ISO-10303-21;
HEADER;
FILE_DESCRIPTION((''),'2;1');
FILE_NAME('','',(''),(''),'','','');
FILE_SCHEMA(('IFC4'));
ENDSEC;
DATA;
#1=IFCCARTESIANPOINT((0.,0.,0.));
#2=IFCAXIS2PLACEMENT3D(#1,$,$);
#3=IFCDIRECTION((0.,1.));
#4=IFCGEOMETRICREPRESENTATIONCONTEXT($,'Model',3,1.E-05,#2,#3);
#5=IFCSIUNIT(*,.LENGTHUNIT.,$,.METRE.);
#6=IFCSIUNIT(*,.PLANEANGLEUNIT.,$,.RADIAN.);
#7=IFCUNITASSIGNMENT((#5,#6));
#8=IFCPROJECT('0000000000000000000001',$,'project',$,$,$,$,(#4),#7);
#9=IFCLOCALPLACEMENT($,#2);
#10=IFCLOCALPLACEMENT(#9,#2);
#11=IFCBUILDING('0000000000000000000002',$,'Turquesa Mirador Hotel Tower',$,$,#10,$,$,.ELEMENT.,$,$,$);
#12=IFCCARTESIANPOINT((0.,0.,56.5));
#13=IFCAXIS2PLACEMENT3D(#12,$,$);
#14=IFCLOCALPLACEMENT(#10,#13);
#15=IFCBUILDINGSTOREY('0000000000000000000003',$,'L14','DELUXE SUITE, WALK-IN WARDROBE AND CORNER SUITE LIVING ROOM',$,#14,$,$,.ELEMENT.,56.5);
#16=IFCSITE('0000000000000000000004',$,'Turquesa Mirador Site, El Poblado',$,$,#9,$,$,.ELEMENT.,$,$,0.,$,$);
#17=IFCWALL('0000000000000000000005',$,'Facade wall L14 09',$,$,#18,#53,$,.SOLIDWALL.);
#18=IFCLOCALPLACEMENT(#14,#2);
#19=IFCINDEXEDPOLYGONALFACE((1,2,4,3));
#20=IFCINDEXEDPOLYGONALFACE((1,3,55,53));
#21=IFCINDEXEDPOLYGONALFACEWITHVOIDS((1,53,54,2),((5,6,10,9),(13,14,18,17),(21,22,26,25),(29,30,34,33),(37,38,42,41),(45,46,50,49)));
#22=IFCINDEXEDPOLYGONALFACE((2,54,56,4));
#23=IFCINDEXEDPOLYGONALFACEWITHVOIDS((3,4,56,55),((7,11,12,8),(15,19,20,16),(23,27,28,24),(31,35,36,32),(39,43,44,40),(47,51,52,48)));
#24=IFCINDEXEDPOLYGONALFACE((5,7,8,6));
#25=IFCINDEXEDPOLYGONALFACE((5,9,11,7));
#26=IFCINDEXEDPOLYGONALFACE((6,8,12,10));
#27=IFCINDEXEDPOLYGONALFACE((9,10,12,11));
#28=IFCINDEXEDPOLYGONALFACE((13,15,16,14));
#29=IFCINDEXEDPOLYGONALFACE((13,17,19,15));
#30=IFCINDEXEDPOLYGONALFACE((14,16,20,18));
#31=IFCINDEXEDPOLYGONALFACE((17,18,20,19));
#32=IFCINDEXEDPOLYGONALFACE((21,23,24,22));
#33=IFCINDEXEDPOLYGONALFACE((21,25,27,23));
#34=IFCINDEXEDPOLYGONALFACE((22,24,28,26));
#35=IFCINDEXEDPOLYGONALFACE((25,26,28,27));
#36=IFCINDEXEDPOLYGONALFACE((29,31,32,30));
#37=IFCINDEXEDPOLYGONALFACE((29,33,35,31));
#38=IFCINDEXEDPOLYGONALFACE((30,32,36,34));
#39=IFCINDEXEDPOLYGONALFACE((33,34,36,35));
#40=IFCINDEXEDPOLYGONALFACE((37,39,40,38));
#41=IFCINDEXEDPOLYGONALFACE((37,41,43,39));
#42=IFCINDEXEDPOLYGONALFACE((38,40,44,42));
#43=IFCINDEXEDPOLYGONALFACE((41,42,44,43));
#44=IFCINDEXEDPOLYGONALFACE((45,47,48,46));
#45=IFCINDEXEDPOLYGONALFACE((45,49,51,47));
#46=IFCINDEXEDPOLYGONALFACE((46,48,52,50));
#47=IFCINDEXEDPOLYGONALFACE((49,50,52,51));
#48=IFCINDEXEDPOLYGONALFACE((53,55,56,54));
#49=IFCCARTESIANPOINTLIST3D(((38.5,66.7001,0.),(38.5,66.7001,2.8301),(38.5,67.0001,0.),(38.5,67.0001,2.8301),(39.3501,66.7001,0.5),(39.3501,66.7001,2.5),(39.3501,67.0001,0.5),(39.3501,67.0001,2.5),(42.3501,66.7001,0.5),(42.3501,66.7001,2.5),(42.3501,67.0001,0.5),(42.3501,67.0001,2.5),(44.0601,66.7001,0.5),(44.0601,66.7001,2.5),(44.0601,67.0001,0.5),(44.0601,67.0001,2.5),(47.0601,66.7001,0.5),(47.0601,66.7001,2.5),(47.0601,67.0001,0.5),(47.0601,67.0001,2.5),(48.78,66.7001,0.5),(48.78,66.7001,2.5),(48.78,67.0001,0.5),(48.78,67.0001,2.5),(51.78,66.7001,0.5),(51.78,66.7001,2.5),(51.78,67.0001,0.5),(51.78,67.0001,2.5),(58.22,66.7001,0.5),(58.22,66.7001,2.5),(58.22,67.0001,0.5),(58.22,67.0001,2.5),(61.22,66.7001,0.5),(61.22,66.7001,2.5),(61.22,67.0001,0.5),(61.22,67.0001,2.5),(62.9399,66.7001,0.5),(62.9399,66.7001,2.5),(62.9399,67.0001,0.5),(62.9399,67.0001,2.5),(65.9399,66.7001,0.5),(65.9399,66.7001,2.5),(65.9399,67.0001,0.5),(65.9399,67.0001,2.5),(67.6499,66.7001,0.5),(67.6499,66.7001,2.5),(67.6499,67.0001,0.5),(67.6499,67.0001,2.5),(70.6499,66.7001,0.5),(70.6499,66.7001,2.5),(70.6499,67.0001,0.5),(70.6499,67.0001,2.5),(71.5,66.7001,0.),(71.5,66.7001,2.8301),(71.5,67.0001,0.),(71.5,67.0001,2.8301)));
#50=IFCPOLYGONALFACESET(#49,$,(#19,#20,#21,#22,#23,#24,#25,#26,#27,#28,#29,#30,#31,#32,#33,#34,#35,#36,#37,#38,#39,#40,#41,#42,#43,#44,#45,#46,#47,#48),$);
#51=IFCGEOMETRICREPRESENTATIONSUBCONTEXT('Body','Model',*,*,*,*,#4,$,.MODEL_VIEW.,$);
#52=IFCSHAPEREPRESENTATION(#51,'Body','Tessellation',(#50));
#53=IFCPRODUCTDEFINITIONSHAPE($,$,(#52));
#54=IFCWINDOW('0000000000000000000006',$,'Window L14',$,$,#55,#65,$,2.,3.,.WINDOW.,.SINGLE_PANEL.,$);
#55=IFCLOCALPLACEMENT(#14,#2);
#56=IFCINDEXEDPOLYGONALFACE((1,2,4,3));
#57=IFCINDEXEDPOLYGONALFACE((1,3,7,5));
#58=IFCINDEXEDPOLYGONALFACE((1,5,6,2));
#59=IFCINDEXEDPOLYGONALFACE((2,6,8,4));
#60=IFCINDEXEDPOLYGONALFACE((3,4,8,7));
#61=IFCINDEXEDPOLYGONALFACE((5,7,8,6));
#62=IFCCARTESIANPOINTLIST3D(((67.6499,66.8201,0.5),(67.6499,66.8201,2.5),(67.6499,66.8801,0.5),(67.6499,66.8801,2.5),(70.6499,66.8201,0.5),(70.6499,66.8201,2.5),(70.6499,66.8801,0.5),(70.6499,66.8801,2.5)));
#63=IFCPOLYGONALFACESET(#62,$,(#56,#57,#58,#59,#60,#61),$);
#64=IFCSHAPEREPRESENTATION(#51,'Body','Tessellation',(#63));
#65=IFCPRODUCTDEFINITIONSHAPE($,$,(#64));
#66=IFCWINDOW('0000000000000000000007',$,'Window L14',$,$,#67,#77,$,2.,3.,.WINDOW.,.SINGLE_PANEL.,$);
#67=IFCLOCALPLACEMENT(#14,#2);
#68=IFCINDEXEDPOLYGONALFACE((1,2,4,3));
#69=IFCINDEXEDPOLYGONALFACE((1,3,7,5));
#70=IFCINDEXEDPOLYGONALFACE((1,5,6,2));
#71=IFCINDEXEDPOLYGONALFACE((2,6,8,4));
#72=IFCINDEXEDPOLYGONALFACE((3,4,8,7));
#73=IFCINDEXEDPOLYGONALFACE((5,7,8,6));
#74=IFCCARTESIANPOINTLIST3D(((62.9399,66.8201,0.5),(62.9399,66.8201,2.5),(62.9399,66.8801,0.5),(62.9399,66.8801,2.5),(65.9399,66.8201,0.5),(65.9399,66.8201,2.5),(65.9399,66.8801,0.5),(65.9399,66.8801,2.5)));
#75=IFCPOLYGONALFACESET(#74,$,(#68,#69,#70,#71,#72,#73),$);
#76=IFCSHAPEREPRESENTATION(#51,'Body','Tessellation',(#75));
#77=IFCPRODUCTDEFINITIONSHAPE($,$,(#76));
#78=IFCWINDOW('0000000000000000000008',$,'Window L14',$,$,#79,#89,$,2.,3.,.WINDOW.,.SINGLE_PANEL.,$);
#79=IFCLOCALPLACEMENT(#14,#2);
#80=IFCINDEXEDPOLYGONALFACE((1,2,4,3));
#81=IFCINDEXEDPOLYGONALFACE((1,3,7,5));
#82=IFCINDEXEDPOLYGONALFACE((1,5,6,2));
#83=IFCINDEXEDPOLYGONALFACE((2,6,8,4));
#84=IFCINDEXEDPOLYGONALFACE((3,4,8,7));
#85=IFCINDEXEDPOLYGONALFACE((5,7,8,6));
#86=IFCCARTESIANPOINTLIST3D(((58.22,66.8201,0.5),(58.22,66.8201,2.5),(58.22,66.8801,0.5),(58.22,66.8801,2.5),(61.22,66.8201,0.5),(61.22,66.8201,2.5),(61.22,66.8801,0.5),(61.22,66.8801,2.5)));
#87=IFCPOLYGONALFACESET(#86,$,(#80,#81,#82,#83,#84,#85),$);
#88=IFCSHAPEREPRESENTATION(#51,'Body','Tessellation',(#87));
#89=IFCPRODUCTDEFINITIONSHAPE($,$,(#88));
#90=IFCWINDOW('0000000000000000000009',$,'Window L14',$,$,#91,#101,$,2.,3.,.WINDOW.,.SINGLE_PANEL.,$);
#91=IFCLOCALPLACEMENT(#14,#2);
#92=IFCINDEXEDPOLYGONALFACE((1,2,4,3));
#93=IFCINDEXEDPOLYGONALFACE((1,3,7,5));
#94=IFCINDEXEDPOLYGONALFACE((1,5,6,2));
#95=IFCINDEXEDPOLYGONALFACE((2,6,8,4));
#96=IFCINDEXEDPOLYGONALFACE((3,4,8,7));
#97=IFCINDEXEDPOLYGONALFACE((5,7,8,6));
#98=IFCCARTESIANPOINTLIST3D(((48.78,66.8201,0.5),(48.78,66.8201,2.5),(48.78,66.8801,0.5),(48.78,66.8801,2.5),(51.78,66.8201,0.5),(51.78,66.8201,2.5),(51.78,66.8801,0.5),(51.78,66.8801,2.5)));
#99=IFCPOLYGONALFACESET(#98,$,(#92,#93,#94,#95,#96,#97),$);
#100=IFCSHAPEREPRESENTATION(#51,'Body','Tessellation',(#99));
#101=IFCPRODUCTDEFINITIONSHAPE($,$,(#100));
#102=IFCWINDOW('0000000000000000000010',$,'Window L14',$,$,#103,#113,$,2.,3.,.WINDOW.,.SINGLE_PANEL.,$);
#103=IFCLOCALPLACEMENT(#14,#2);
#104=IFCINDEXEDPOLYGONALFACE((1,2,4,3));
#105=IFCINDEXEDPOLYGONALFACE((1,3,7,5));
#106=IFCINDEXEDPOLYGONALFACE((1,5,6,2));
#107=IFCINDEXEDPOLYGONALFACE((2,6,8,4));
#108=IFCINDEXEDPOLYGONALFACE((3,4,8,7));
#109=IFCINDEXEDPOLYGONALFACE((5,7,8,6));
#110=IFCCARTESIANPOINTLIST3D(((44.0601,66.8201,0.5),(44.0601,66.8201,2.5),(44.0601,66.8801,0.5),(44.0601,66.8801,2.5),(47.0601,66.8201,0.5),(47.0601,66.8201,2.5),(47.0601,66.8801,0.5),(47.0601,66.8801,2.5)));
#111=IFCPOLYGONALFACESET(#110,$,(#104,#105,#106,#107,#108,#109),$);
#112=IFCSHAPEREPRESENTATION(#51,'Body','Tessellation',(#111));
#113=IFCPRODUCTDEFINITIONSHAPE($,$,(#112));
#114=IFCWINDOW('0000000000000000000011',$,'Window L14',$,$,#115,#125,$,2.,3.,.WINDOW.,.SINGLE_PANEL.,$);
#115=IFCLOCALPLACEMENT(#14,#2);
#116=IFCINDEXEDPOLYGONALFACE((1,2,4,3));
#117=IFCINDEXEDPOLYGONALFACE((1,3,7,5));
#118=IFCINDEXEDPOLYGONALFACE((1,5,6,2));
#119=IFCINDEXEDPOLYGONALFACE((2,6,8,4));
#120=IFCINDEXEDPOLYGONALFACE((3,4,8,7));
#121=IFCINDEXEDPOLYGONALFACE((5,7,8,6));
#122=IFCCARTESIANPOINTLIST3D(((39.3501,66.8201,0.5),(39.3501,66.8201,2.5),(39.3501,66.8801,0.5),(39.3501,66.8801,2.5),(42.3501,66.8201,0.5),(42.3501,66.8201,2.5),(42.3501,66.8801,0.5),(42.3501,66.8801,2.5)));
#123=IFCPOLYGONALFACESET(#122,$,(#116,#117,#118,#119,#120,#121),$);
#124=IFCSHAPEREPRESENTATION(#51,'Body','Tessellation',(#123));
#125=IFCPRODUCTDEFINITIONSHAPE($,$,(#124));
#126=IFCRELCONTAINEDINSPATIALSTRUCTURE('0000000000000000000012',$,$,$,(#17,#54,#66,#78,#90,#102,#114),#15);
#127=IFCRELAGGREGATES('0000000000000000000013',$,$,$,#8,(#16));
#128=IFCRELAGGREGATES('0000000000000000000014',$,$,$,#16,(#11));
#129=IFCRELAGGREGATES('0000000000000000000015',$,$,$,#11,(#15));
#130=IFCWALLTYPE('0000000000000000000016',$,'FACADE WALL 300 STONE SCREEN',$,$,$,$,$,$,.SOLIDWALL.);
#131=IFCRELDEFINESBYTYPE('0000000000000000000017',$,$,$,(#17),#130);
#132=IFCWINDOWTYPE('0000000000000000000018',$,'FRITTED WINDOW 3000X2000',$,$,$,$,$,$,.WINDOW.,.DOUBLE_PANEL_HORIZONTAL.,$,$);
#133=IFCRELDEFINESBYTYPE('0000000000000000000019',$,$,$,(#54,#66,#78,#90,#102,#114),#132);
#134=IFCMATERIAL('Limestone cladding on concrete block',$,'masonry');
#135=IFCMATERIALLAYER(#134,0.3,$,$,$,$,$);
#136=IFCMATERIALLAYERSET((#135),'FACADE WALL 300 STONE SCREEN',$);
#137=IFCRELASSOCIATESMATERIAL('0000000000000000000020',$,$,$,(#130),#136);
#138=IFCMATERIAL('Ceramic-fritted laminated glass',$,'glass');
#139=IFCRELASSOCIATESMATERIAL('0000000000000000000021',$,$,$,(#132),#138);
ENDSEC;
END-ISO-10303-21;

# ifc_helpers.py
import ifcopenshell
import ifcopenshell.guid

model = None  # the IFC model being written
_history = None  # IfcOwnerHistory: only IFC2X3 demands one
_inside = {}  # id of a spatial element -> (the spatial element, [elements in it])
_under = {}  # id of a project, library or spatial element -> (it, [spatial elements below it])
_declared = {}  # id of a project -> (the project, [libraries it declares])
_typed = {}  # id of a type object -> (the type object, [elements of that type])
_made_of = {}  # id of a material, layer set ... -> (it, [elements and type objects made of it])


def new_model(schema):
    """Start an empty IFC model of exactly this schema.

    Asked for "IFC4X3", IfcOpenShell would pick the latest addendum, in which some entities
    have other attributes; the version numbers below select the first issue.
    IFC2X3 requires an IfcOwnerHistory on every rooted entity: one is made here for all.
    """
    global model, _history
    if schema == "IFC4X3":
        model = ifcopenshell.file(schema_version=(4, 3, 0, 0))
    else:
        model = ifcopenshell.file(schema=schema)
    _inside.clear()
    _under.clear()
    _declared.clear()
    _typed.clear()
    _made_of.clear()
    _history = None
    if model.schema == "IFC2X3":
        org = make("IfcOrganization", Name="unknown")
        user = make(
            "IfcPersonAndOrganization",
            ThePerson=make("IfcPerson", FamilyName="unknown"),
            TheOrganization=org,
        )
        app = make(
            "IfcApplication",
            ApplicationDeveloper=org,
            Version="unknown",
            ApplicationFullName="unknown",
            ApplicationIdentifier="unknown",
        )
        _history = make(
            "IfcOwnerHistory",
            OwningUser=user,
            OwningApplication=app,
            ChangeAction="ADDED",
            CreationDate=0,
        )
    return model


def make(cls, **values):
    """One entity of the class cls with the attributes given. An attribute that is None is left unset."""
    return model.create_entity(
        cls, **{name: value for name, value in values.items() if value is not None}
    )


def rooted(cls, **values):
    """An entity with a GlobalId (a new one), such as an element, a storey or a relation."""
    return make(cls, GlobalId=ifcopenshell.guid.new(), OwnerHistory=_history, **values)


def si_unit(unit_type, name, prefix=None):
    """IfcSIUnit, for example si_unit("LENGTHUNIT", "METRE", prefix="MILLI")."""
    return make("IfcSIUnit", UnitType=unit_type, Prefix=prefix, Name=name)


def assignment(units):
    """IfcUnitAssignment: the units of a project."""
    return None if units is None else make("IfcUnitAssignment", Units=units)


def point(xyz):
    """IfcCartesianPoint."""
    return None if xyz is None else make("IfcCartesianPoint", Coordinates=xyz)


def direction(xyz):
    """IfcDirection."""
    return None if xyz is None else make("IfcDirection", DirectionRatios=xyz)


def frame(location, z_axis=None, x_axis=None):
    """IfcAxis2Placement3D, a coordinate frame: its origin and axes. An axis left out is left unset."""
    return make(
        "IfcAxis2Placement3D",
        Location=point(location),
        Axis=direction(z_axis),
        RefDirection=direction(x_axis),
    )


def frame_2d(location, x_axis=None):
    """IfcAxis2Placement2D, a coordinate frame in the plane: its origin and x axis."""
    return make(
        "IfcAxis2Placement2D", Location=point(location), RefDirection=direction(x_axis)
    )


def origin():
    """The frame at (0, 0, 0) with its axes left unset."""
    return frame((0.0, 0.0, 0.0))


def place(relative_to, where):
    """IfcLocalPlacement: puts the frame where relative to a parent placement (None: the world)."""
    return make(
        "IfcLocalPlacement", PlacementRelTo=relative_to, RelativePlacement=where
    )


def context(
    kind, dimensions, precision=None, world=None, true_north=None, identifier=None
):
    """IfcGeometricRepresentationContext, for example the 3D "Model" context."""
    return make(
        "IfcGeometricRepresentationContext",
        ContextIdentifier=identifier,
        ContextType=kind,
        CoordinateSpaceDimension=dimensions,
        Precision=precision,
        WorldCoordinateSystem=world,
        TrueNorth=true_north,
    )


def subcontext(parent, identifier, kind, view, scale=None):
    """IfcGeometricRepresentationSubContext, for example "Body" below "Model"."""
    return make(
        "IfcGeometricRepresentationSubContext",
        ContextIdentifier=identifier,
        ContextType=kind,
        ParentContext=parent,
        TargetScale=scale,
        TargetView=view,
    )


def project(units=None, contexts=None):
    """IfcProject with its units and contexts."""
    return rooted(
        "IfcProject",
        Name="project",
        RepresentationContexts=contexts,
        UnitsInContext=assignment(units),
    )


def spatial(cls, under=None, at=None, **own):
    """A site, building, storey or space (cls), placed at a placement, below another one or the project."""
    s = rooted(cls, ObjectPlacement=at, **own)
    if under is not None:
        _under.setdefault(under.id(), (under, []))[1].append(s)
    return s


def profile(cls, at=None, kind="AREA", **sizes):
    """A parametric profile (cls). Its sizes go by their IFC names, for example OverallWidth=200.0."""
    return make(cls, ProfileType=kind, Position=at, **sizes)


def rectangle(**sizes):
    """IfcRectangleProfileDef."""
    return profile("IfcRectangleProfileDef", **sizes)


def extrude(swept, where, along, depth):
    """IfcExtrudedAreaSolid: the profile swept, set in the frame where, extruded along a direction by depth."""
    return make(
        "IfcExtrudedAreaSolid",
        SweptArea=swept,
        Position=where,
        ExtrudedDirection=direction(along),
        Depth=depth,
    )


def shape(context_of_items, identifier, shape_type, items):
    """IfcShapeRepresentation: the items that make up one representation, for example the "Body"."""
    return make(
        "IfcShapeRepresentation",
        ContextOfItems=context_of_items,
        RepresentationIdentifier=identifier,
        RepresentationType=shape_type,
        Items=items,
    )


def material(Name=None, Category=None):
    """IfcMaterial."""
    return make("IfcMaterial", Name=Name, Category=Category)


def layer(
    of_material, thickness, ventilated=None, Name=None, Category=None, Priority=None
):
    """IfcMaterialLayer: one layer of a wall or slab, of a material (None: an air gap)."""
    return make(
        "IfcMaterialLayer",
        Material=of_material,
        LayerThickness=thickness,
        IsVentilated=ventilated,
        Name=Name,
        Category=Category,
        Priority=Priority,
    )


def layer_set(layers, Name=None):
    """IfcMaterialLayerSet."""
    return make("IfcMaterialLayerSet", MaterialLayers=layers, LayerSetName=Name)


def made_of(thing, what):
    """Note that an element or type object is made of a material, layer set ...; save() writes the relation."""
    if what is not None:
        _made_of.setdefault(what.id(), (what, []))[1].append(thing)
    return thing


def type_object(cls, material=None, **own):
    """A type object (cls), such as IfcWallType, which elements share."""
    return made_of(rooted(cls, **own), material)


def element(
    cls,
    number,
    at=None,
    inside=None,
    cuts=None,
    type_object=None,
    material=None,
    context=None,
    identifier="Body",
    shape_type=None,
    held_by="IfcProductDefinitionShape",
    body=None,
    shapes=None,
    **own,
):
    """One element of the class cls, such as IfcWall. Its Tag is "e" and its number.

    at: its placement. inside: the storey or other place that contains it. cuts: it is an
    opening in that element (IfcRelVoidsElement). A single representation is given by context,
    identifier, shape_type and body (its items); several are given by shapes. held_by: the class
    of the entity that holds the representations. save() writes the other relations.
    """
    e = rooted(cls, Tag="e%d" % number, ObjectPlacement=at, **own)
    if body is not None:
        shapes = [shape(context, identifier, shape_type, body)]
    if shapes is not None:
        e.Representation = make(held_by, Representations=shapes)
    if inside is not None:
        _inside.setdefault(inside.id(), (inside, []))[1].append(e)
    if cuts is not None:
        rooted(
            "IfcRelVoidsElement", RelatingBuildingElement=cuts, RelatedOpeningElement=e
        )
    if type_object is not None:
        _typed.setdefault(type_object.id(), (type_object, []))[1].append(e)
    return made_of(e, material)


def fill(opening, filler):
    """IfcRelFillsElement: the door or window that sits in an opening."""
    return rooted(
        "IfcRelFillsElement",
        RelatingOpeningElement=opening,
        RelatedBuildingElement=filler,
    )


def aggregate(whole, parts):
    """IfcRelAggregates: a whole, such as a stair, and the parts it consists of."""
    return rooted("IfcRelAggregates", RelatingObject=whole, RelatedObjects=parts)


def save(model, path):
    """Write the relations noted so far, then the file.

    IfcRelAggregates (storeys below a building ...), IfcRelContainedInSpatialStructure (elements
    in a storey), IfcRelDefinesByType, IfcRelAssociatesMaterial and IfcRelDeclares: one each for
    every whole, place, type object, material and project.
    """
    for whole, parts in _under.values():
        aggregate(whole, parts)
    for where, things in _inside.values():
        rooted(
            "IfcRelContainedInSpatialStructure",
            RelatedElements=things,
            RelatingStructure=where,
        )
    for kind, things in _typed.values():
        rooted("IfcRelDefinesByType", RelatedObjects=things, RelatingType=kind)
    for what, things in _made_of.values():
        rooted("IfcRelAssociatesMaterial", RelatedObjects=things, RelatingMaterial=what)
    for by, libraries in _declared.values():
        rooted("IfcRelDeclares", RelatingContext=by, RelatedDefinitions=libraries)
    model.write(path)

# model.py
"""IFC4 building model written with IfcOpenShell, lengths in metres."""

from ifc_helpers import new_model, si_unit, direction, frame, frame_2d, origin, place, context, subcontext, project, spatial, rectangle, extrude, material, layer, layer_set, type_object, element, fill, save


model = new_model("IFC4")

# Units and contexts
model_context = context("Model", 3, precision=1e-05, world=origin(), true_north=direction((0.0, 1.0)))
body_context = subcontext(model_context, "Body", "Model", "MODEL_VIEW")
ifc_project = project(units=[si_unit("LENGTHUNIT", "METRE"), si_unit("PLANEANGLEUNIT", "RADIAN")], contexts=[model_context])

# Site, building, storey
site_placement = place(None, origin())
site = spatial("IfcSite", under=ifc_project, at=site_placement, Name="Turquesa Mirador Site, El Poblado", CompositionType="ELEMENT", RefElevation=0.0)
building_placement = place(site_placement, origin())
building = spatial("IfcBuilding", under=site, at=building_placement, Name="Turquesa Mirador Hotel Tower", CompositionType="ELEMENT")
storey_placement = place(building_placement, frame((0.0, 0.0, 56.5)))
storey = spatial("IfcBuildingStorey", under=building, at=storey_placement, Name="L14", Description="DELUXE SUITE, WALK-IN WARDROBE AND CORNER SUITE LIVING ROOM", CompositionType="ELEMENT", Elevation=56.5)

# Shared definitions
ifc_material_1 = material(Name="Limestone cladding on concrete block", Category="masonry")
ifc_layer = layer(ifc_material_1, 0.3)
ifc_layer_set = layer_set([ifc_layer], Name="FACADE WALL 300 STONE SCREEN")
wall_type = type_object("IfcWallType", Name="FACADE WALL 300 STONE SCREEN", PredefinedType="SOLIDWALL", material=ifc_layer_set)

# Wall, openings, windows
wall_1_placement = place(storey_placement, frame((71.5, 66.8501, 0.0), z_axis=(0.0, 0.0, 1.0), x_axis=(-1.0, 0.0, 0.0)))
wall_1 = element("IfcWall", 1, at=wall_1_placement, inside=storey, type_object=wall_type, Name="Facade wall L14 09", PredefinedType="SOLIDWALL", context=body_context, shape_type="SweptSolid", body=[
    extrude(rectangle(XDim=33.0, YDim=0.3, at=frame_2d((16.5, 0.0))), origin(), (0.0, 0.0, 1.0), 2.8301),
])
opening_1_placement = place(wall_1_placement, frame((0.8501, 0.0, 0.5)))
opening_1 = element("IfcOpeningElement", 2, at=opening_1_placement, cuts=wall_1, PredefinedType="OPENING", context=body_context, shape_type="SweptSolid", body=[
    extrude(rectangle(XDim=3.0, YDim=2.0, at=frame_2d((1.5, 1.0))), frame((0.0, 0.1599, 0.0), z_axis=(0.0, -1.0, 0.0), x_axis=(1.0, 0.0, 0.0)), (0.0, 0.0, 1.0), 0.3201),
])
opening_2_placement = place(wall_1_placement, frame((5.5601, 0.0, 0.5)))
opening_2 = element("IfcOpeningElement", 3, at=opening_2_placement, cuts=wall_1, PredefinedType="OPENING", context=body_context, shape_type="SweptSolid", body=[
    extrude(rectangle(XDim=3.0, YDim=2.0, at=frame_2d((1.5, 1.0))), frame((0.0, 0.1599, 0.0), z_axis=(0.0, -1.0, 0.0), x_axis=(1.0, 0.0, 0.0)), (0.0, 0.0, 1.0), 0.3201),
])
opening_3_placement = place(wall_1_placement, frame((10.28, 0.0, 0.5)))
opening_3 = element("IfcOpeningElement", 4, at=opening_3_placement, cuts=wall_1, PredefinedType="OPENING", context=body_context, shape_type="SweptSolid", body=[
    extrude(rectangle(XDim=3.0, YDim=2.0, at=frame_2d((1.5, 1.0))), frame((0.0, 0.1599, 0.0), z_axis=(0.0, -1.0, 0.0), x_axis=(1.0, 0.0, 0.0)), (0.0, 0.0, 1.0), 0.3201),
])
opening_4_placement = place(wall_1_placement, frame((19.72, 0.0, 0.5)))
opening_4 = element("IfcOpeningElement", 5, at=opening_4_placement, cuts=wall_1, PredefinedType="OPENING", context=body_context, shape_type="SweptSolid", body=[
    extrude(rectangle(XDim=3.0, YDim=2.0, at=frame_2d((1.5, 1.0))), frame((0.0, 0.1599, 0.0), z_axis=(0.0, -1.0, 0.0), x_axis=(1.0, 0.0, 0.0)), (0.0, 0.0, 1.0), 0.3201),
])
opening_5_placement = place(wall_1_placement, frame((24.4399, 0.0, 0.5)))
opening_5 = element("IfcOpeningElement", 6, at=opening_5_placement, cuts=wall_1, PredefinedType="OPENING", context=body_context, shape_type="SweptSolid", body=[
    extrude(rectangle(XDim=3.0, YDim=2.0, at=frame_2d((1.5, 1.0))), frame((0.0, 0.1599, 0.0), z_axis=(0.0, -1.0, 0.0), x_axis=(1.0, 0.0, 0.0)), (0.0, 0.0, 1.0), 0.3201),
])
opening_6_placement = place(wall_1_placement, frame((29.1499, 0.0, 0.5)))
opening_6 = element("IfcOpeningElement", 7, at=opening_6_placement, cuts=wall_1, PredefinedType="OPENING", context=body_context, shape_type="SweptSolid", body=[
    extrude(rectangle(XDim=3.0, YDim=2.0, at=frame_2d((1.5, 1.0))), frame((0.0, 0.1599, 0.0), z_axis=(0.0, -1.0, 0.0), x_axis=(1.0, 0.0, 0.0)), (0.0, 0.0, 1.0), 0.3201),
])
ifc_material_2 = material(Name="Ceramic-fritted laminated glass", Category="glass")
window_type_1 = type_object("IfcWindowType", Name="FRITTED WINDOW 3000X2000", PartitioningType="DOUBLE_PANEL_HORIZONTAL", PredefinedType="WINDOW", material=ifc_material_2)
window_1_placement = place(opening_1_placement, origin())
window_1 = element("IfcWindow", 8, at=window_1_placement, inside=storey, type_object=window_type_1, Name="Window L14", OverallHeight=2.0, OverallWidth=3.0, PartitioningType="SINGLE_PANEL", PredefinedType="WINDOW", context=body_context, shape_type="SweptSolid", body=[
    extrude(rectangle(XDim=3.0, YDim=2.0, at=frame_2d((1.5, 1.0))), frame((0.0, 0.03, 0.0), z_axis=(0.0, -1.0, 0.0), x_axis=(1.0, 0.0, 0.0)), (0.0, 0.0, 1.0), 0.0601),
])
fill(opening_1, window_1)
window_2_placement = place(opening_2_placement, origin())
window_2 = element("IfcWindow", 9, at=window_2_placement, inside=storey, type_object=window_type_1, Name="Window L14", OverallHeight=2.0, OverallWidth=3.0, PartitioningType="SINGLE_PANEL", PredefinedType="WINDOW", context=body_context, shape_type="SweptSolid", body=[
    extrude(rectangle(XDim=3.0, YDim=2.0, at=frame_2d((1.5, 1.0))), frame((0.0, 0.03, 0.0), z_axis=(0.0, -1.0, 0.0), x_axis=(1.0, 0.0, 0.0)), (0.0, 0.0, 1.0), 0.0601),
])
fill(opening_2, window_2)
window_3_placement = place(opening_3_placement, origin())
window_3 = element("IfcWindow", 10, at=window_3_placement, inside=storey, type_object=window_type_1, Name="Window L14", OverallHeight=2.0, OverallWidth=3.0, PartitioningType="SINGLE_PANEL", PredefinedType="WINDOW", context=body_context, shape_type="SweptSolid", body=[
    extrude(rectangle(XDim=3.0, YDim=2.0, at=frame_2d((1.5, 1.0))), frame((0.0, 0.03, 0.0), z_axis=(0.0, -1.0, 0.0), x_axis=(1.0, 0.0, 0.0)), (0.0, 0.0, 1.0), 0.0601),
])
fill(opening_3, window_3)
window_4_placement = place(opening_4_placement, origin())
window_4 = element("IfcWindow", 11, at=window_4_placement, inside=storey, type_object=window_type_1, Name="Window L14", OverallHeight=2.0, OverallWidth=3.0, PartitioningType="SINGLE_PANEL", PredefinedType="WINDOW", context=body_context, shape_type="SweptSolid", body=[
    extrude(rectangle(XDim=3.0, YDim=2.0, at=frame_2d((1.5, 1.0))), frame((0.0, 0.03, 0.0), z_axis=(0.0, -1.0, 0.0), x_axis=(1.0, 0.0, 0.0)), (0.0, 0.0, 1.0), 0.0601),
])
fill(opening_4, window_4)
window_5_placement = place(opening_5_placement, origin())
window_5 = element("IfcWindow", 12, at=window_5_placement, inside=storey, type_object=window_type_1, Name="Window L14", OverallHeight=2.0, OverallWidth=3.0, PartitioningType="SINGLE_PANEL", PredefinedType="WINDOW", context=body_context, shape_type="SweptSolid", body=[
    extrude(rectangle(XDim=3.0, YDim=2.0, at=frame_2d((1.5, 1.0))), frame((0.0, 0.03, 0.0), z_axis=(0.0, -1.0, 0.0), x_axis=(1.0, 0.0, 0.0)), (0.0, 0.0, 1.0), 0.0601),
])
fill(opening_5, window_5)
window_6_placement = place(opening_6_placement, origin())
window_6 = element("IfcWindow", 13, at=window_6_placement, inside=storey, type_object=window_type_1, Name="Window L14", OverallHeight=2.0, OverallWidth=3.0, PartitioningType="SINGLE_PANEL", PredefinedType="WINDOW", context=body_context, shape_type="SweptSolid", body=[
    extrude(rectangle(XDim=3.0, YDim=2.0, at=frame_2d((1.5, 1.0))), frame((0.0, 0.03, 0.0), z_axis=(0.0, -1.0, 0.0), x_axis=(1.0, 0.0, 0.0)), (0.0, 0.0, 1.0), 0.0601),
])
fill(opening_6, window_6)

save(model, "model.ifc")
